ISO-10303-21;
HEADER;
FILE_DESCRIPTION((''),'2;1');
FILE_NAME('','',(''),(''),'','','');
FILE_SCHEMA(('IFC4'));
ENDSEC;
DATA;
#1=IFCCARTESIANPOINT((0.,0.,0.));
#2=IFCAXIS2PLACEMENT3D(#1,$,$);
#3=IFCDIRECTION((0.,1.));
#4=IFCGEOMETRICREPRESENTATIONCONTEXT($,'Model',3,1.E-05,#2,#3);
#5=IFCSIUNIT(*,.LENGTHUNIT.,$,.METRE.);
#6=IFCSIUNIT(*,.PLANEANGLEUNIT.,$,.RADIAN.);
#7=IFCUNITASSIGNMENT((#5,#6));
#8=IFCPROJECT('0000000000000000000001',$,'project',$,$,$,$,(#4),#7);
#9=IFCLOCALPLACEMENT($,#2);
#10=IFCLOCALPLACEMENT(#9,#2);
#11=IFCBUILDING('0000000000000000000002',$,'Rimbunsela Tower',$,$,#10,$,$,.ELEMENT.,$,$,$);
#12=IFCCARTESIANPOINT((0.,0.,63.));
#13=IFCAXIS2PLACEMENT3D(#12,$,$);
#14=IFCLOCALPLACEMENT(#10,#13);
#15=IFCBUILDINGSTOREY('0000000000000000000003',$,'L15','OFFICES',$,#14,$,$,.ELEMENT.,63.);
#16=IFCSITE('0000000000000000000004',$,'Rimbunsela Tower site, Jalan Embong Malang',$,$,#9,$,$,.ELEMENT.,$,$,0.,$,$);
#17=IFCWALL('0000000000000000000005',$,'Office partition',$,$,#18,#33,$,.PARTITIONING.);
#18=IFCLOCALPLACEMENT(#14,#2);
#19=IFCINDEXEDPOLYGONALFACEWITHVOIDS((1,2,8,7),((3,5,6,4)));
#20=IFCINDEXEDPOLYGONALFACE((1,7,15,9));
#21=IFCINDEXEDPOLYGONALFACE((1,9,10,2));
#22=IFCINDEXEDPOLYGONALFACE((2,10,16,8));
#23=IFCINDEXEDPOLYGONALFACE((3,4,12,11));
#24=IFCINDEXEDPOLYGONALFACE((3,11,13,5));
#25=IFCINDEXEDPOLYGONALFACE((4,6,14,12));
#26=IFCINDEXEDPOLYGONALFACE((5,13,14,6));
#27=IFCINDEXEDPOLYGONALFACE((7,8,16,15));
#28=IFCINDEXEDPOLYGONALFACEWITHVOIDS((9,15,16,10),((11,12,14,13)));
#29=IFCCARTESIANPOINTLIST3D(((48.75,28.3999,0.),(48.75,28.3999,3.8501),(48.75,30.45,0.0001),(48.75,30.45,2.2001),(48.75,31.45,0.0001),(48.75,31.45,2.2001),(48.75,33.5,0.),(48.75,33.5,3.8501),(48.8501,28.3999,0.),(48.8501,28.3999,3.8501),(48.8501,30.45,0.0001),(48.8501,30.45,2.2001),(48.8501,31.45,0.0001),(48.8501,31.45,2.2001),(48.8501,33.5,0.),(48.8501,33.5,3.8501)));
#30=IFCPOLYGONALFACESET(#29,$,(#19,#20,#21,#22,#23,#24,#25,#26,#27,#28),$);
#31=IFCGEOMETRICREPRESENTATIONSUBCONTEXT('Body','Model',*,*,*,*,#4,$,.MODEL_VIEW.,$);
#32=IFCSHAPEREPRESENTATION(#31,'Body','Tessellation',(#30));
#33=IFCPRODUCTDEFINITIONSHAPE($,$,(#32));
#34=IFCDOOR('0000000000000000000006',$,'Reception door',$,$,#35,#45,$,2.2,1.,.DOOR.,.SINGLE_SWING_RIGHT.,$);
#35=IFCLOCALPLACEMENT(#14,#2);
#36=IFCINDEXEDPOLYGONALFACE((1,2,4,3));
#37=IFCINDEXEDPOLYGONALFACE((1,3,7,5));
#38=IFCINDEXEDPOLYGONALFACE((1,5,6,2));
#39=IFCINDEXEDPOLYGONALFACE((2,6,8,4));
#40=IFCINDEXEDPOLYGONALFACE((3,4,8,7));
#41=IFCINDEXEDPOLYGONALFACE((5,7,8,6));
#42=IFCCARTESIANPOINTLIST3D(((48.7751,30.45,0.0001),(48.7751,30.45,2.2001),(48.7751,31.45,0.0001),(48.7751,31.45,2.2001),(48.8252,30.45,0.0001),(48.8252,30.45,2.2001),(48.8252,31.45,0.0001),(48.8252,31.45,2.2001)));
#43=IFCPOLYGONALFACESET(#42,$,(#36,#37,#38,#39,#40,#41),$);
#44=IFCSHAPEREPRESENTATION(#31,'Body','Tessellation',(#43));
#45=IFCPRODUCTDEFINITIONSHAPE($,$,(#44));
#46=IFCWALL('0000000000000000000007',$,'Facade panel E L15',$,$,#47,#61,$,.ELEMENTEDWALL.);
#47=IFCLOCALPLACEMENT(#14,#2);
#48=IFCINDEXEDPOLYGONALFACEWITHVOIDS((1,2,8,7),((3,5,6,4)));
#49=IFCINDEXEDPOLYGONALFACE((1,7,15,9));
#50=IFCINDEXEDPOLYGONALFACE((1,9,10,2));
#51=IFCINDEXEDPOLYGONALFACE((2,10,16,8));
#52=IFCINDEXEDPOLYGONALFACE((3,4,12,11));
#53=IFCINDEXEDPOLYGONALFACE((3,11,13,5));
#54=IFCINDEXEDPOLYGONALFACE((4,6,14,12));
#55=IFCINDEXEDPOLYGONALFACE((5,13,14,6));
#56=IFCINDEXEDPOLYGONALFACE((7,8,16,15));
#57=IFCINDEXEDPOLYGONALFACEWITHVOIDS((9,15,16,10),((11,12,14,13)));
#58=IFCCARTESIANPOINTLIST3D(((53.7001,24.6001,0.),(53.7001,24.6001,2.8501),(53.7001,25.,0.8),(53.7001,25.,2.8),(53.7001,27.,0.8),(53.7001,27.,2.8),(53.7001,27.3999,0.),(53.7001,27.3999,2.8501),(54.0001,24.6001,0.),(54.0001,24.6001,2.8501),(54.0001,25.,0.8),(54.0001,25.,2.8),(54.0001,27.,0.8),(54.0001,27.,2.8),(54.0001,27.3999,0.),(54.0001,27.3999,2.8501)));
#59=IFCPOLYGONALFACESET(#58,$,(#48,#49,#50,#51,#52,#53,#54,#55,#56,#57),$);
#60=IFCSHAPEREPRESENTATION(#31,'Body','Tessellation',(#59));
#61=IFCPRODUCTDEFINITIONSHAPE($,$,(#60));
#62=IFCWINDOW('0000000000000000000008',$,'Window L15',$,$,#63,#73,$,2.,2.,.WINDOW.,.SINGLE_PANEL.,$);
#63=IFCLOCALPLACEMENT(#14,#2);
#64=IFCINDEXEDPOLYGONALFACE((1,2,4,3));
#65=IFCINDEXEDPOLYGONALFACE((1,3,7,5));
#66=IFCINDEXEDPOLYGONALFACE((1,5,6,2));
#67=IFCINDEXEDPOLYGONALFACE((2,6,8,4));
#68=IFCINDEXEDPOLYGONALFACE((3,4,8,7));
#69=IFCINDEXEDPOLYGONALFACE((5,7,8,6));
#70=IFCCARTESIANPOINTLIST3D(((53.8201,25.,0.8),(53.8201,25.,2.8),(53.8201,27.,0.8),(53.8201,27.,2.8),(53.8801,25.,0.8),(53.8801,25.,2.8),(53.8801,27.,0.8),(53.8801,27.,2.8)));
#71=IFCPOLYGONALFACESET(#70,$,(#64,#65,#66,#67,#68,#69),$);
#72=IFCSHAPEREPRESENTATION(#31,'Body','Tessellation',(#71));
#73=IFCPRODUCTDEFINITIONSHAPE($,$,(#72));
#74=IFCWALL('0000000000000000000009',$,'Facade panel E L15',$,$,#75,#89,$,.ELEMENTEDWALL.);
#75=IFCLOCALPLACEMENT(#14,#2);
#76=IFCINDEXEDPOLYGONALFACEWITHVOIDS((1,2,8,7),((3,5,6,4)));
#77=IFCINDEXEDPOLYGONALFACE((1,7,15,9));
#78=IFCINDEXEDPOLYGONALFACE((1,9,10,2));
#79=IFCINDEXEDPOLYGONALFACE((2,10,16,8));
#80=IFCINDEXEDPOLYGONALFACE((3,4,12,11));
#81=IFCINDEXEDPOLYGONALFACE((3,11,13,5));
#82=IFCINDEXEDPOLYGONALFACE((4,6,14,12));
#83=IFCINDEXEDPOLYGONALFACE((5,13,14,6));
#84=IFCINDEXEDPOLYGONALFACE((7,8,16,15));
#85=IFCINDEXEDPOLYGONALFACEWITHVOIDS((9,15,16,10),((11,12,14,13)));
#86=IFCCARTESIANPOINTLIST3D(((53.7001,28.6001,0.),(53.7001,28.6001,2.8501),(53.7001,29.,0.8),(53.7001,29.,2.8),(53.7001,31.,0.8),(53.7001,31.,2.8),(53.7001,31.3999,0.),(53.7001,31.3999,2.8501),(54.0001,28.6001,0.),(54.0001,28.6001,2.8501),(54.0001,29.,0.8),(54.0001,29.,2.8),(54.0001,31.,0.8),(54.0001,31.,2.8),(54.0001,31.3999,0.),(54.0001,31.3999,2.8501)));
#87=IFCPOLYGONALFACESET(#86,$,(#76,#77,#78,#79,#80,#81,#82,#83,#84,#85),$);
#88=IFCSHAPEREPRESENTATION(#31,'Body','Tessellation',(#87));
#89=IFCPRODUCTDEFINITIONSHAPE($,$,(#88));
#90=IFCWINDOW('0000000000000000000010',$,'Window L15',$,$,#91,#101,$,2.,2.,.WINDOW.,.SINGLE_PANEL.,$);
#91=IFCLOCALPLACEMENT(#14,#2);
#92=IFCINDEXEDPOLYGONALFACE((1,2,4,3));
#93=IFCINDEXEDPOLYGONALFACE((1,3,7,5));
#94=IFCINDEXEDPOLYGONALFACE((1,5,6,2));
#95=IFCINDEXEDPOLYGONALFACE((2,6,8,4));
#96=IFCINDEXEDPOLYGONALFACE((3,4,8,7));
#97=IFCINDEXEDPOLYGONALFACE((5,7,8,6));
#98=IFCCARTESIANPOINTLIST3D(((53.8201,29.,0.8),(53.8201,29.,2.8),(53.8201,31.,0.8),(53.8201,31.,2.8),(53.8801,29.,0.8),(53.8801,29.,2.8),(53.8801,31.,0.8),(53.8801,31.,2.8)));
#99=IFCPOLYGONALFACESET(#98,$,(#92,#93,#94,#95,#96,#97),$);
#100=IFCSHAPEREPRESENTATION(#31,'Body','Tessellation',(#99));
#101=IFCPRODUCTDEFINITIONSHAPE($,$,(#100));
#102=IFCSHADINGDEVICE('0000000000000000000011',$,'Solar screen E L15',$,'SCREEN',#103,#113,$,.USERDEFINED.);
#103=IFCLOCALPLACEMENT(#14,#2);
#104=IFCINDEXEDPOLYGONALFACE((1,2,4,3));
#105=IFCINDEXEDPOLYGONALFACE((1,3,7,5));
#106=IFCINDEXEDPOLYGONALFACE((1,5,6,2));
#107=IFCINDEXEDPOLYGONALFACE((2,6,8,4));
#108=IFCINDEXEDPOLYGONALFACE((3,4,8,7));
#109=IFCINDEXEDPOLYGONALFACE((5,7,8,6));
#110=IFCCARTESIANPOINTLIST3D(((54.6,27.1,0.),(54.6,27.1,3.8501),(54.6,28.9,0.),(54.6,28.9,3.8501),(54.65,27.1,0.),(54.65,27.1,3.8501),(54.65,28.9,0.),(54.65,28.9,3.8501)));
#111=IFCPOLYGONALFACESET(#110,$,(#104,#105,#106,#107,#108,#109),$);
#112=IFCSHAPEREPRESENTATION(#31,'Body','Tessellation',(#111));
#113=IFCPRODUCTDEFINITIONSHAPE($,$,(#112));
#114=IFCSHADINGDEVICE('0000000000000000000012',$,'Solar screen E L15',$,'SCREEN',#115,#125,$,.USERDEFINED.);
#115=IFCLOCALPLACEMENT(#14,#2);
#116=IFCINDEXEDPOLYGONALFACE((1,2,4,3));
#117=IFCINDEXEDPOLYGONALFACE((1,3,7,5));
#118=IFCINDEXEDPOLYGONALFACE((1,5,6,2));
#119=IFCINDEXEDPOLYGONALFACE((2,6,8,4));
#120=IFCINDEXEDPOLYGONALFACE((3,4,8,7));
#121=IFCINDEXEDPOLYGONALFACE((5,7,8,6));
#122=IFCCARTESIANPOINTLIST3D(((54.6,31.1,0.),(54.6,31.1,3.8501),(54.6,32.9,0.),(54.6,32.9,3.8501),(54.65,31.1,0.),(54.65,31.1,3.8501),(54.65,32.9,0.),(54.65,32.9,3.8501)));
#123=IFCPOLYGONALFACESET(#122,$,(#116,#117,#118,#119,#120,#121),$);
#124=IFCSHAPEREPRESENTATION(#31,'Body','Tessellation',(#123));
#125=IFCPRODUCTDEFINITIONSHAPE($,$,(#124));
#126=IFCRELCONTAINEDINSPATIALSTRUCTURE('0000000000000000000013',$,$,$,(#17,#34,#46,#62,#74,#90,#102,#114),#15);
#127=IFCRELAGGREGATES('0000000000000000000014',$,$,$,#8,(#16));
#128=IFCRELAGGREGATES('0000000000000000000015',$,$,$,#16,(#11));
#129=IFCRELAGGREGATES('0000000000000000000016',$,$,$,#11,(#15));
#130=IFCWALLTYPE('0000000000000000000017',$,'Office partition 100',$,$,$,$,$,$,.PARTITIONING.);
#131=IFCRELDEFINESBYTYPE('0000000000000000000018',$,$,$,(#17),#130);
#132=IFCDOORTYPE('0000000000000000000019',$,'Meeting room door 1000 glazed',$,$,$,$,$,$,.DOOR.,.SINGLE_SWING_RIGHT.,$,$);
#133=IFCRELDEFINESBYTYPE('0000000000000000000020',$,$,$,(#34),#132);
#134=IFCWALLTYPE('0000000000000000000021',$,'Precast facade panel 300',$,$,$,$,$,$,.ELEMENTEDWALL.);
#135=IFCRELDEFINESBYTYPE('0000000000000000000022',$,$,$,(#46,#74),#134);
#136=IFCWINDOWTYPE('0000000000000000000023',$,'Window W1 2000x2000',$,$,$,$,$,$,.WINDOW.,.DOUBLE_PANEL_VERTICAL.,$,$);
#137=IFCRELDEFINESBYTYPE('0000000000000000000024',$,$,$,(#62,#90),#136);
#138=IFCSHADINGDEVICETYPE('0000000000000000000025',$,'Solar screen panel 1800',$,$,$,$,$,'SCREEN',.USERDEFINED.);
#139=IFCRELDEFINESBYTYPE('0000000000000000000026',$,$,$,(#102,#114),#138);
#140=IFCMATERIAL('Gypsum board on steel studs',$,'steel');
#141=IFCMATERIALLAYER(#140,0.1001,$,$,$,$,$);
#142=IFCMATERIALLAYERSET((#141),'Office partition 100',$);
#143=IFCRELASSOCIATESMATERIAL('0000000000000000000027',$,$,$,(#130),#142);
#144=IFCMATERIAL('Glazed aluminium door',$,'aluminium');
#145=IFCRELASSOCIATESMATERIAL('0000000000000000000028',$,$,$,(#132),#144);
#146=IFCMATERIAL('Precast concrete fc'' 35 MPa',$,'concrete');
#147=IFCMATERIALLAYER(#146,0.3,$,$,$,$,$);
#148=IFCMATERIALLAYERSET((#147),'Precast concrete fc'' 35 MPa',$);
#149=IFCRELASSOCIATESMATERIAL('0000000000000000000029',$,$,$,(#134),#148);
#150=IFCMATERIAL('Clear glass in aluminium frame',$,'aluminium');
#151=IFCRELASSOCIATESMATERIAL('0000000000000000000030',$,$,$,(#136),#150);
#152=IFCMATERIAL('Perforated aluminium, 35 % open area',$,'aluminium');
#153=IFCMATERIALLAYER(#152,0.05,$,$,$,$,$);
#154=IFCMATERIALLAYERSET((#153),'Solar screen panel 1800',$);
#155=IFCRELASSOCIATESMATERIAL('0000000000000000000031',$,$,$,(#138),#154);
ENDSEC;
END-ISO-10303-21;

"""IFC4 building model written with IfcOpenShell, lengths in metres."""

from ifc_helpers import new_model, si_unit, direction, frame, frame_2d, origin, origin_2d, place, context, subcontext, project, spatial, rectangle, extrude, material, layer, layer_set, type_object, element, fill, save


model = new_model("IFC4")

# Units and contexts
model_context = context("Model", 3, precision=1e-05, world=origin(), true_north=direction((0.0, 1.0)))
body_context = subcontext(model_context, "Body", "Model", "MODEL_VIEW")
ifc_project = project(units=[si_unit("LENGTHUNIT", "METRE"), si_unit("PLANEANGLEUNIT", "RADIAN")], contexts=[model_context])

# Site, building, storey
site_placement = place(None, origin())
site = spatial("IfcSite", under=ifc_project, at=site_placement, Name="Rimbunsela Tower site, Jalan Embong Malang", CompositionType="ELEMENT", RefElevation=0.0)
building_placement = place(site_placement, origin())
building = spatial("IfcBuilding", under=site, at=building_placement, Name="Rimbunsela Tower", CompositionType="ELEMENT")
storey_placement = place(building_placement, frame((0.0, 0.0, 63.0)))
storey = spatial("IfcBuildingStorey", under=building, at=storey_placement, Name="L15", Description="OFFICES", CompositionType="ELEMENT", Elevation=63.0)

# Shared definitions
ifc_material_1 = material(Name="Gypsum board on steel studs", Category="steel")
ifc_layer_1 = layer(ifc_material_1, 0.1001)
ifc_layer_set_1 = layer_set([ifc_layer_1], Name="Office partition 100")
wall_type_1 = type_object("IfcWallType", Name="Office partition 100", PredefinedType="PARTITIONING", material=ifc_layer_set_1)

# Wall, opening, door
wall_1_placement = place(storey_placement, frame((48.8, 28.3999, 0.0), z_axis=(0.0, 0.0, 1.0), x_axis=(0.0, 1.0, 0.0)))
wall_1 = element("IfcWall", 1, at=wall_1_placement, inside=storey, type_object=wall_type_1, Name="Office partition", PredefinedType="PARTITIONING", context=body_context, shape_type="SweptSolid", body=[
    extrude(rectangle(XDim=5.1001, YDim=0.1001, at=frame_2d((2.55, 0.0))), origin(), (0.0, 0.0, 1.0), 3.8501),
])
opening_1_placement = place(wall_1_placement, frame((2.05, 0.0, 0.0)))
opening_1 = element("IfcOpeningElement", 2, at=opening_1_placement, cuts=wall_1, PredefinedType="OPENING", context=body_context, shape_type="SweptSolid", body=[
    extrude(rectangle(XDim=1.0, YDim=2.2, at=frame_2d((0.5, 1.1001))), frame((0.0, 0.0601, 0.0), z_axis=(0.0, -1.0, 0.0), x_axis=(1.0, 0.0, 0.0)), (0.0, 0.0, 1.0), 0.1201),
])
ifc_material_2 = material(Name="Glazed aluminium door", Category="aluminium")
door_type = type_object("IfcDoorType", Name="Meeting room door 1000 glazed", OperationType="SINGLE_SWING_RIGHT", PredefinedType="DOOR", material=ifc_material_2)
door_placement = place(opening_1_placement, origin())
door = element("IfcDoor", 3, at=door_placement, inside=storey, type_object=door_type, Name="Reception door", OperationType="SINGLE_SWING_RIGHT", OverallHeight=2.2, OverallWidth=1.0, PredefinedType="DOOR", context=body_context, shape_type="SweptSolid", body=[
    extrude(rectangle(XDim=1.0, YDim=2.2, at=frame_2d((0.5, 1.1001))), frame((0.0, 0.0249, 0.0), z_axis=(0.0, -1.0, 0.0), x_axis=(1.0, 0.0, 0.0)), (0.0, 0.0, 1.0), 0.05),
])
fill(opening_1, door)

# Walls, openings, windows
ifc_material_3 = material(Name="Precast concrete fc' 35 MPa", Category="concrete")
ifc_layer_2 = layer(ifc_material_3, 0.3)
ifc_layer_set_2 = layer_set([ifc_layer_2], Name="Precast concrete fc' 35 MPa")
wall_type_2 = type_object("IfcWallType", Name="Precast facade panel 300", PredefinedType="ELEMENTEDWALL", material=ifc_layer_set_2)
wall_2_placement = place(storey_placement, frame((53.8501, 24.6001, 0.0), z_axis=(0.0, 0.0, 1.0), x_axis=(0.0, 1.0, 0.0)))
wall_2 = element("IfcWall", 4, at=wall_2_placement, inside=storey, type_object=wall_type_2, Name="Facade panel E L15", PredefinedType="ELEMENTEDWALL", context=body_context, shape_type="SweptSolid", body=[
    extrude(rectangle(XDim=2.7998, YDim=0.3, at=frame_2d((1.3999, 0.0))), origin(), (0.0, 0.0, 1.0), 2.8501),
])
opening_2_placement = place(wall_2_placement, frame((0.3999, 0.0, 0.8)))
opening_2 = element("IfcOpeningElement", 5, at=opening_2_placement, cuts=wall_2, PredefinedType="OPENING", context=body_context, shape_type="SweptSolid", body=[
    extrude(rectangle(XDim=2.0, YDim=2.0, at=frame_2d((1.0, 1.0))), frame((0.0, 0.1599, 0.0), z_axis=(0.0, -1.0, 0.0), x_axis=(1.0, 0.0, 0.0)), (0.0, 0.0, 1.0), 0.3201),
])
ifc_material_4 = material(Name="Clear glass in aluminium frame", Category="aluminium")
window_type = type_object("IfcWindowType", Name="Window W1 2000x2000", PartitioningType="DOUBLE_PANEL_VERTICAL", PredefinedType="WINDOW", material=ifc_material_4)
window_1_placement = place(opening_2_placement, origin())
window_1 = element("IfcWindow", 6, at=window_1_placement, inside=storey, type_object=window_type, Name="Window L15", OverallHeight=2.0, OverallWidth=2.0, PartitioningType="SINGLE_PANEL", PredefinedType="WINDOW", context=body_context, shape_type="SweptSolid", body=[
    extrude(rectangle(XDim=2.0, YDim=2.0, at=frame_2d((1.0, 1.0))), frame((0.0, 0.03, 0.0), z_axis=(0.0, -1.0, 0.0), x_axis=(1.0, 0.0, 0.0)), (0.0, 0.0, 1.0), 0.0601),
])
fill(opening_2, window_1)
wall_3_placement = place(storey_placement, frame((53.8501, 28.6001, 0.0), z_axis=(0.0, 0.0, 1.0), x_axis=(0.0, 1.0, 0.0)))
wall_3 = element("IfcWall", 7, at=wall_3_placement, inside=storey, type_object=wall_type_2, Name="Facade panel E L15", PredefinedType="ELEMENTEDWALL", context=body_context, shape_type="SweptSolid", body=[
    extrude(rectangle(XDim=2.7998, YDim=0.3, at=frame_2d((1.3999, 0.0))), origin(), (0.0, 0.0, 1.0), 2.8501),
])
opening_3_placement = place(wall_3_placement, frame((0.3999, 0.0, 0.8)))
opening_3 = element("IfcOpeningElement", 8, at=opening_3_placement, cuts=wall_3, PredefinedType="OPENING", context=body_context, shape_type="SweptSolid", body=[
    extrude(rectangle(XDim=2.0, YDim=2.0, at=frame_2d((1.0, 1.0))), frame((0.0, 0.1599, 0.0), z_axis=(0.0, -1.0, 0.0), x_axis=(1.0, 0.0, 0.0)), (0.0, 0.0, 1.0), 0.3201),
])
window_2_placement = place(opening_3_placement, origin())
window_2 = element("IfcWindow", 9, at=window_2_placement, inside=storey, type_object=window_type, Name="Window L15", OverallHeight=2.0, OverallWidth=2.0, PartitioningType="SINGLE_PANEL", PredefinedType="WINDOW", context=body_context, shape_type="SweptSolid", body=[
    extrude(rectangle(XDim=2.0, YDim=2.0, at=frame_2d((1.0, 1.0))), frame((0.0, 0.03, 0.0), z_axis=(0.0, -1.0, 0.0), x_axis=(1.0, 0.0, 0.0)), (0.0, 0.0, 1.0), 0.0601),
])
fill(opening_3, window_2)

# Shading devices
ifc_material_5 = material(Name="Perforated aluminium, 35 % open area", Category="aluminium")
ifc_layer_3 = layer(ifc_material_5, 0.05)
ifc_layer_set_3 = layer_set([ifc_layer_3], Name="Solar screen panel 1800")
shading_device_type = type_object("IfcShadingDeviceType", Name="Solar screen panel 1800", ElementType="SCREEN", PredefinedType="USERDEFINED", material=ifc_layer_set_3)
for number, where, z_axis, x_axis, name in (
    (10, (54.625, 28.0, 0.0), (0.0, 0.0, 1.0), (0.0, 1.0, 0.0), "Solar screen E L15"),
    (11, (54.625, 32.0, 0.0), (0.0, 0.0, 1.0), (0.0, 1.0, 0.0), "Solar screen E L15"),
):
    element("IfcShadingDevice", number, at=place(storey_placement, frame(where, z_axis=z_axis, x_axis=x_axis)), inside=storey, type_object=shading_device_type, Name=name, ObjectType="SCREEN", PredefinedType="USERDEFINED", context=body_context, shape_type="SweptSolid", body=[
        extrude(rectangle(XDim=1.8, YDim=0.05, at=origin_2d()), origin(), (0.0, 0.0, 1.0), 3.8501),
    ])

save(model, "model.ifc")
